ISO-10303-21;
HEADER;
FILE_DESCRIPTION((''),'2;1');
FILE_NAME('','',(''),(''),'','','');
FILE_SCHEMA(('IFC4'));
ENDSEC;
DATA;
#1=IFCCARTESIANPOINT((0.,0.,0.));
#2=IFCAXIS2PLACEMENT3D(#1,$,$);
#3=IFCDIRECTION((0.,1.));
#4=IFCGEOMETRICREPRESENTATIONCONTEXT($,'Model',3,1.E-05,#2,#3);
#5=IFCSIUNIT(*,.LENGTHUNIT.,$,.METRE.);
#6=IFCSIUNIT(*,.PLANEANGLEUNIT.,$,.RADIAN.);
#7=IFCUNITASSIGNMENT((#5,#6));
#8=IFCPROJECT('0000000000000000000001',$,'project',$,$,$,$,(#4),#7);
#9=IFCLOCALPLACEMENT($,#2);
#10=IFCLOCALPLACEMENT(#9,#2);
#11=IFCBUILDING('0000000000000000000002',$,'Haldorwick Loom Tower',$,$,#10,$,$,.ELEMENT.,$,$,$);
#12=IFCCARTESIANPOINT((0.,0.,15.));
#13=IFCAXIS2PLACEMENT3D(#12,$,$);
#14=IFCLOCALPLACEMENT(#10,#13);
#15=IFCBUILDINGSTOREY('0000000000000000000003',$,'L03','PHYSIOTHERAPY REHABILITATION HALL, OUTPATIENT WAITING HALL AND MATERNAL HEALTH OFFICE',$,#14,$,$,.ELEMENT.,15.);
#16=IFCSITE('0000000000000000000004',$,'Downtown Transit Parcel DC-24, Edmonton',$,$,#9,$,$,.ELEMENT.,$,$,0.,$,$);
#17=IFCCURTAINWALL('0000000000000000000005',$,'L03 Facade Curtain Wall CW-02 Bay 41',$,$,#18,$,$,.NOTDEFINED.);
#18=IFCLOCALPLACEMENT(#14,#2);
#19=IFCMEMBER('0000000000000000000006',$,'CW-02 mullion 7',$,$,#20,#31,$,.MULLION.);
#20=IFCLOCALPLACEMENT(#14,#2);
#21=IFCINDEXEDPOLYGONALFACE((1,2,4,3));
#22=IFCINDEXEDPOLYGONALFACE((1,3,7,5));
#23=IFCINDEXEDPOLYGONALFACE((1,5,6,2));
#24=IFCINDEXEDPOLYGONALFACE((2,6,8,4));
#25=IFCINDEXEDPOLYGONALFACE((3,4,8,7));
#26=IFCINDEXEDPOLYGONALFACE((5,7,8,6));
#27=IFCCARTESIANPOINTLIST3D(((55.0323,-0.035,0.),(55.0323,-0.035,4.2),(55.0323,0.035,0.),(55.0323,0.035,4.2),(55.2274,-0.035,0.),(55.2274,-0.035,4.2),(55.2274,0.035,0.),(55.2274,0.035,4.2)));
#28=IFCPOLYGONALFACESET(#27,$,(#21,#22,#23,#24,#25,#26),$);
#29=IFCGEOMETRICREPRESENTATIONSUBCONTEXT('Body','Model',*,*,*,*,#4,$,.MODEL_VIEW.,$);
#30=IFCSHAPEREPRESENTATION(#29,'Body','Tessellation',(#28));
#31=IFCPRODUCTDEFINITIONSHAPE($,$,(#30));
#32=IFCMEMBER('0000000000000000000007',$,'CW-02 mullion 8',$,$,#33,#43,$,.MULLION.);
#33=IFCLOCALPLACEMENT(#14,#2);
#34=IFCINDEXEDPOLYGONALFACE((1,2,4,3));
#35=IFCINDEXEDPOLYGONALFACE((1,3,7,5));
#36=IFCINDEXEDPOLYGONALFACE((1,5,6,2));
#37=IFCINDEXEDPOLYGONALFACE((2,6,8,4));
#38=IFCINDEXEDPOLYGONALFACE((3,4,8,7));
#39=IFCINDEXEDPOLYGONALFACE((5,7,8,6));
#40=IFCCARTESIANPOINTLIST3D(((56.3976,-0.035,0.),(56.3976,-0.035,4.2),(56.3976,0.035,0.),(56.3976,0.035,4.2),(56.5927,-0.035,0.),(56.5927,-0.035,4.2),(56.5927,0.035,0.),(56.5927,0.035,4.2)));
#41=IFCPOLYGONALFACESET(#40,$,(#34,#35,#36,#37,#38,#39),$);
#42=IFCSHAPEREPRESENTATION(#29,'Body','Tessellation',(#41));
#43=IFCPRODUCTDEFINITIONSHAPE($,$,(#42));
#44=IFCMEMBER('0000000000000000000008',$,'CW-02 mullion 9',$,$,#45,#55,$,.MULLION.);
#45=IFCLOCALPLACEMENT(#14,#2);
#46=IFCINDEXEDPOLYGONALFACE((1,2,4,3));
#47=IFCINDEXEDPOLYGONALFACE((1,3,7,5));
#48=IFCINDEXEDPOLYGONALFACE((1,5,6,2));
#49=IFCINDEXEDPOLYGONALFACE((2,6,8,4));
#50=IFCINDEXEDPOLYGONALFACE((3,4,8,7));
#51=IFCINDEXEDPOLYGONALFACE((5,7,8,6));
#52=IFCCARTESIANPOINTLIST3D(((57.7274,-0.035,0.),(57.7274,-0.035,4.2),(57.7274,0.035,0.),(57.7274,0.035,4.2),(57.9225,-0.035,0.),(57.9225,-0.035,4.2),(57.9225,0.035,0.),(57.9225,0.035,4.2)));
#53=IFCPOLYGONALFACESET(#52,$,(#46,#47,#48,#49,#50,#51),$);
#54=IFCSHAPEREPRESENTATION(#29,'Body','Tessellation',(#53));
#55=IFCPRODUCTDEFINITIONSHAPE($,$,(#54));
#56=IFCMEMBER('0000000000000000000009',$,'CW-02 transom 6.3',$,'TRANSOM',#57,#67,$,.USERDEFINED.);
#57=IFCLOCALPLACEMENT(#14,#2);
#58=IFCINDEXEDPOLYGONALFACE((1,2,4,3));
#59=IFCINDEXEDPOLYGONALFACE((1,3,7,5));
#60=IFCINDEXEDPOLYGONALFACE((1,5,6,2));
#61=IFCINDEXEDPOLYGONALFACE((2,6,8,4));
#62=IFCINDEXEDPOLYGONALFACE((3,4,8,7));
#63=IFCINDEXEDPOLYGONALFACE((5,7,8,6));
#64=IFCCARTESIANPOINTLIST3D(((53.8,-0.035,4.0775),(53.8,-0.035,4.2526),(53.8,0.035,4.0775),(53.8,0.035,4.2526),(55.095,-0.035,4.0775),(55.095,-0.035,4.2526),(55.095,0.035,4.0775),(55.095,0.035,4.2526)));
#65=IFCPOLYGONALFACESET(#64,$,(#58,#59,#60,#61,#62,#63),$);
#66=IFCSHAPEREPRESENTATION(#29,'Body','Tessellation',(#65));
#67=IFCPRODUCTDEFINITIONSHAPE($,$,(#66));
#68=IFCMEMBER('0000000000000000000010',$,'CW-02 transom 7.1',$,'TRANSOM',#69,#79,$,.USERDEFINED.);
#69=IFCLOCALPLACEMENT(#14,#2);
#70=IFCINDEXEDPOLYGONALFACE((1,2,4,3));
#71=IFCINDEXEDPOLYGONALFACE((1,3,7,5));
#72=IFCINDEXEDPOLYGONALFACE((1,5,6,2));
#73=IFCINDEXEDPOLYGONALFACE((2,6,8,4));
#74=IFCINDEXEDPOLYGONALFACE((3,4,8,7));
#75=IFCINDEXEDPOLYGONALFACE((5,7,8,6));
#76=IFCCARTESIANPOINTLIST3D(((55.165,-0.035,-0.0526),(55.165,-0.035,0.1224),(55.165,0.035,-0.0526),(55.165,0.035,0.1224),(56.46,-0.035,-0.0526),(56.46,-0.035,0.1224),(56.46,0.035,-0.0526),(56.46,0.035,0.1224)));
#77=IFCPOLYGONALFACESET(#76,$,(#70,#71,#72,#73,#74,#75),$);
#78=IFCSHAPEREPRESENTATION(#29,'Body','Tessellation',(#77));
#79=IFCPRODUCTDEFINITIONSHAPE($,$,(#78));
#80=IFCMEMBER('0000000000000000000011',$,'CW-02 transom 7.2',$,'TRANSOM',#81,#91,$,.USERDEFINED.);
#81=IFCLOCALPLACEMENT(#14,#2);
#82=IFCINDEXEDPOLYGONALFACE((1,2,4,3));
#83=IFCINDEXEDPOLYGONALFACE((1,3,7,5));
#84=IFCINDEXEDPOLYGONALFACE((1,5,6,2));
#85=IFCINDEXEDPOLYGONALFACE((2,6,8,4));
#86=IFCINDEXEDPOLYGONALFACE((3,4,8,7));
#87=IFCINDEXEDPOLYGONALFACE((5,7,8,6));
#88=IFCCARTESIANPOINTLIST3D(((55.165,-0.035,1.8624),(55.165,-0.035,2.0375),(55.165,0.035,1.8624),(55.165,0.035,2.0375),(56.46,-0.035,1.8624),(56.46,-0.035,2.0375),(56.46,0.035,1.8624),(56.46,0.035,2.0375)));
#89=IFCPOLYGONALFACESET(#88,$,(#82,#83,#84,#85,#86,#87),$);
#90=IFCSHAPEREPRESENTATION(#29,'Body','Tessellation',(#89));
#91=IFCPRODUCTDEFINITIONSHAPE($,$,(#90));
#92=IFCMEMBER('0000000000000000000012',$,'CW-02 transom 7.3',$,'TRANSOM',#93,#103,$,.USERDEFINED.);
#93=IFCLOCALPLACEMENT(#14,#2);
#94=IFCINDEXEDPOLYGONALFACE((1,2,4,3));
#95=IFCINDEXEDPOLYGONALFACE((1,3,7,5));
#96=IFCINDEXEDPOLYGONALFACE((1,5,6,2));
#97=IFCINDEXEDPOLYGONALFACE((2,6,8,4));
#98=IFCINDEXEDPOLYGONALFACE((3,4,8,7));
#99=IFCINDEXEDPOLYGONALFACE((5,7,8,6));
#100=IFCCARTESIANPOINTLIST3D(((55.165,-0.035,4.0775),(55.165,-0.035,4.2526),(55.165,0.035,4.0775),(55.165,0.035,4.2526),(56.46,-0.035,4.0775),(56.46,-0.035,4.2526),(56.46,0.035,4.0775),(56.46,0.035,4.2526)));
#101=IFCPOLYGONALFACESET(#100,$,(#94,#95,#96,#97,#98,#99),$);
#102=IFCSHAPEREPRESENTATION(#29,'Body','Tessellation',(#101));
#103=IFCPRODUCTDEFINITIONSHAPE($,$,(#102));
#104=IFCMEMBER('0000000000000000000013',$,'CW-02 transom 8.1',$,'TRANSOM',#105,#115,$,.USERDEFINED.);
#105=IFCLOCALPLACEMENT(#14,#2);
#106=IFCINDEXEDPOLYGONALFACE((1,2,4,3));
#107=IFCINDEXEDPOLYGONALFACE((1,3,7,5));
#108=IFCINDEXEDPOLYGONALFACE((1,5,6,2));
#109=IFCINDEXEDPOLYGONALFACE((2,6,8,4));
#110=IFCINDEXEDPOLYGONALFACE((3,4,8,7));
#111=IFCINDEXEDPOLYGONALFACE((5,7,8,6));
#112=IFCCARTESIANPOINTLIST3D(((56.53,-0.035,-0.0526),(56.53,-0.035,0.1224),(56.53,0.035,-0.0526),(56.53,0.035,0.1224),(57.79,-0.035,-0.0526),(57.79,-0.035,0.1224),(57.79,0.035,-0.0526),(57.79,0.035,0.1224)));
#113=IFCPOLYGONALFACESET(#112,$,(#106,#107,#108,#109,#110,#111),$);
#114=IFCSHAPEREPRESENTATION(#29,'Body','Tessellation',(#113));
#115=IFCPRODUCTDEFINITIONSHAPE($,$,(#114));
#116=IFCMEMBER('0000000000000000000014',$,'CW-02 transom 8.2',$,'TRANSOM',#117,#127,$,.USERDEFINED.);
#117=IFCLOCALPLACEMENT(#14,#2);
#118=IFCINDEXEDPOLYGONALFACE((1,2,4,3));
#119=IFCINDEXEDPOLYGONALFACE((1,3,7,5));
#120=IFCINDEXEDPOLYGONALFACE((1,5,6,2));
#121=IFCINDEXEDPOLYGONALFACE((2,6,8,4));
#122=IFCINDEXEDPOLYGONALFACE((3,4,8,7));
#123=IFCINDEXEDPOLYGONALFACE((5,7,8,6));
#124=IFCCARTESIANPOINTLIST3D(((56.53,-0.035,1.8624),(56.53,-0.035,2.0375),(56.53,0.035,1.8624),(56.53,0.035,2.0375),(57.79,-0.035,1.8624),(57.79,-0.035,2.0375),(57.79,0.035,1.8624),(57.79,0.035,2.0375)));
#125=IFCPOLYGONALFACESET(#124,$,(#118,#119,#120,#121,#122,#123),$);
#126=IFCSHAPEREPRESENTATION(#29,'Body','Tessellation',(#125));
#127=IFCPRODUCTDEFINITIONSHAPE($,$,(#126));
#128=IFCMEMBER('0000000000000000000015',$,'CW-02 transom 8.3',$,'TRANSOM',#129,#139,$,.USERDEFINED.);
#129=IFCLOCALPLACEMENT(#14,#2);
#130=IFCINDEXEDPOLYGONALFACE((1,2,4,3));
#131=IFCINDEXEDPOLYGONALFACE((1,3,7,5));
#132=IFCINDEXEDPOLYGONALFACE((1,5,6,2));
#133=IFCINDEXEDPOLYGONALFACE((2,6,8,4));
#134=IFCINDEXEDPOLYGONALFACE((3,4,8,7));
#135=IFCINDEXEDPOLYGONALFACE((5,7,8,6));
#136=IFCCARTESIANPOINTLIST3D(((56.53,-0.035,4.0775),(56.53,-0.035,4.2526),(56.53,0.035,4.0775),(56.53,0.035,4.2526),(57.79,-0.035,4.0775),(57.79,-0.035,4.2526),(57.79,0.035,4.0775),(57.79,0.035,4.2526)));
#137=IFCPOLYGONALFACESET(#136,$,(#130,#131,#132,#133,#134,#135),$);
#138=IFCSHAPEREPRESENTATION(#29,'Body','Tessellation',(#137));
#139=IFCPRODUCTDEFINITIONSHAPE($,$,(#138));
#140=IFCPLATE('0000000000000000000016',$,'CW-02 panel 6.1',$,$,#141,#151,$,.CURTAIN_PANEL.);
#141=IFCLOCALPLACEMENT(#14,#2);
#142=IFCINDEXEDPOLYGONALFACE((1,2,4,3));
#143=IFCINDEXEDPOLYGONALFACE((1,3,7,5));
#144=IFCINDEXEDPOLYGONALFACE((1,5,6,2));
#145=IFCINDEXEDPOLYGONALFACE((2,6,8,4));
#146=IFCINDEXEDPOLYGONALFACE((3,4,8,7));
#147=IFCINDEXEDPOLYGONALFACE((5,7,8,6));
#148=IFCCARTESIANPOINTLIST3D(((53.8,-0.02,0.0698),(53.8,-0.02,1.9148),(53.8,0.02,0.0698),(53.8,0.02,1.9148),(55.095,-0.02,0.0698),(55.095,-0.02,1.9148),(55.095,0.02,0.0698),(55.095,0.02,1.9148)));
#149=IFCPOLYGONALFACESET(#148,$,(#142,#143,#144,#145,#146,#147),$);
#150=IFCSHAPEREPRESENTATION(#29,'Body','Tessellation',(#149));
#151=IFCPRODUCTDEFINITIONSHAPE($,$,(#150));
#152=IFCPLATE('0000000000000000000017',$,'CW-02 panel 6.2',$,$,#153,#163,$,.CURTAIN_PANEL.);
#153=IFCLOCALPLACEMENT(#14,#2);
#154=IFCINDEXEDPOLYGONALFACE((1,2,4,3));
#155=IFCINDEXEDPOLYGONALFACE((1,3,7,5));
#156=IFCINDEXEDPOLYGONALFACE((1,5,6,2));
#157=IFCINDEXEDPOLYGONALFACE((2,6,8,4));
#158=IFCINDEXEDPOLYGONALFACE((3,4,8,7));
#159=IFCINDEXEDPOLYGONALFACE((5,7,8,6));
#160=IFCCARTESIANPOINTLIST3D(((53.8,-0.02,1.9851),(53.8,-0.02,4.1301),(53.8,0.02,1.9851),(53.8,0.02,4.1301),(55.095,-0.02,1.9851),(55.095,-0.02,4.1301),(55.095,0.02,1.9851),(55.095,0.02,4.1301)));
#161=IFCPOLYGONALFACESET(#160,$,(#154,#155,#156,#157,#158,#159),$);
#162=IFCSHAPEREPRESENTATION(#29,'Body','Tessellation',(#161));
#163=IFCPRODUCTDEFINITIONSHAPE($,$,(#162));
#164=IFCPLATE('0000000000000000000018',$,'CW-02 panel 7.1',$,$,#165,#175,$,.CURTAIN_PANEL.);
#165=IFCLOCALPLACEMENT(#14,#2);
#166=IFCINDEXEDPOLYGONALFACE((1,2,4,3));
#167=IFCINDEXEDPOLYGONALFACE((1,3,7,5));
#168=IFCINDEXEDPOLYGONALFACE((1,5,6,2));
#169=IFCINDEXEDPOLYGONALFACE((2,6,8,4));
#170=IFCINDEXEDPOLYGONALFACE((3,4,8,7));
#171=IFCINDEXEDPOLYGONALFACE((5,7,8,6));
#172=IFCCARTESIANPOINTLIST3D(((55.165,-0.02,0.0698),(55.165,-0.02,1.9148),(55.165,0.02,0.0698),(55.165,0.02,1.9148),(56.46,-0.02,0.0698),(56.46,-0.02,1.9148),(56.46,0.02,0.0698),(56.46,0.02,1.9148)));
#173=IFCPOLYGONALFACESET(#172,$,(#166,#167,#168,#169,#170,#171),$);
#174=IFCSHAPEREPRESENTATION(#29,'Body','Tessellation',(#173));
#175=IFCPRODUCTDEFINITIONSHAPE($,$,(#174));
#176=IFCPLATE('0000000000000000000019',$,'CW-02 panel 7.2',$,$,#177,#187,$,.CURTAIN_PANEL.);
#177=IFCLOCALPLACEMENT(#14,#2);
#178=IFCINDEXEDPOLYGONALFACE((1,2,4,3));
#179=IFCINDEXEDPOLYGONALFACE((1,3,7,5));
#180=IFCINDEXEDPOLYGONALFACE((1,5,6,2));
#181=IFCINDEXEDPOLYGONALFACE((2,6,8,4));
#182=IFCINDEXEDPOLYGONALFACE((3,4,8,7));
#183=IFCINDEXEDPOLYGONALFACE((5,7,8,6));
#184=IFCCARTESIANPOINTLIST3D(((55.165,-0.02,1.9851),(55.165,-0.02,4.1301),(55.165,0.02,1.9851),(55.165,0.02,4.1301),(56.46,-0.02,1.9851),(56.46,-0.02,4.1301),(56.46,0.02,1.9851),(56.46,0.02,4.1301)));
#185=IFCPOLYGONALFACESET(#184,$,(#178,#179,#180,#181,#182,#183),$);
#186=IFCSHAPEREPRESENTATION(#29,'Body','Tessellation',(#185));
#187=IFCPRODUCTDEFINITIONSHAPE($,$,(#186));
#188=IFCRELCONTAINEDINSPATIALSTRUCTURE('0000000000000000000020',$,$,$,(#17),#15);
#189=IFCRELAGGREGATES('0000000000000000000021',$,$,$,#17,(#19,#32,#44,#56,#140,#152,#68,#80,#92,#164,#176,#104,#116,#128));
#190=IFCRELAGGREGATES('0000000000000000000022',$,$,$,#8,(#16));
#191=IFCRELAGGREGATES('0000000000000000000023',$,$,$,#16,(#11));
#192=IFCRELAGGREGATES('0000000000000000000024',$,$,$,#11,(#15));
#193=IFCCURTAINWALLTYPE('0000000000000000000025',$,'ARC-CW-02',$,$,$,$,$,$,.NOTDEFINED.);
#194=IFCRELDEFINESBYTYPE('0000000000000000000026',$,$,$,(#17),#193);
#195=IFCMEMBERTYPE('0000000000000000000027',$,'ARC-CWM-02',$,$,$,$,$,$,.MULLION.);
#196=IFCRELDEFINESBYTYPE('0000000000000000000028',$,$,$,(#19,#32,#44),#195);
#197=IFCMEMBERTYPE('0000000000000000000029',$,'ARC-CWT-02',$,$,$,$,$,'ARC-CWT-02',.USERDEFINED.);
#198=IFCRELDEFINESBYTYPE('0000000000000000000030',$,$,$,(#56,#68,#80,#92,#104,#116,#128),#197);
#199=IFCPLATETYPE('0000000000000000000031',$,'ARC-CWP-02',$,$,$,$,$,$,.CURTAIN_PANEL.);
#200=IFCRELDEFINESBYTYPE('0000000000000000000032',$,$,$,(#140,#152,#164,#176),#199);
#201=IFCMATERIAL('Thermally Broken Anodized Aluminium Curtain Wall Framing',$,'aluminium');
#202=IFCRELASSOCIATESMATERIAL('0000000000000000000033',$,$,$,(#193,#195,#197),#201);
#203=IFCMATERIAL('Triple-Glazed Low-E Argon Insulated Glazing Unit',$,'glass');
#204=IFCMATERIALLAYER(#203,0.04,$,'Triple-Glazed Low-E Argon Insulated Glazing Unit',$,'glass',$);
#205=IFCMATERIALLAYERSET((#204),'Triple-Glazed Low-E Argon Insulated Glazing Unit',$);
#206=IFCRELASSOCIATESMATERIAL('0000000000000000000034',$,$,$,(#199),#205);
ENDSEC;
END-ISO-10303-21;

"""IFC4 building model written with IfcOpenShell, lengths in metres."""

from ifc_helpers import new_model, si_unit, direction, frame, origin, origin_2d, place, context, subcontext, project, spatial, rectangle, extrude, material, layer, layer_set, material_profile, profile_set, type_object, element, aggregate, save


model = new_model("IFC4")

# Units and contexts
model_context = context("Model", 3, precision=1e-05, world=origin(), true_north=direction((0.0, 1.0)))
body_context = subcontext(model_context, "Body", "Model", "MODEL_VIEW")
ifc_project = project(units=[si_unit("LENGTHUNIT", "METRE"), si_unit("PLANEANGLEUNIT", "RADIAN")], contexts=[model_context])

# Site, building, storey
site_placement = place(None, origin())
site = spatial("IfcSite", under=ifc_project, at=site_placement, Name="Downtown Transit Parcel DC-24, Edmonton", CompositionType="ELEMENT", RefElevation=0.0)
building_placement = place(site_placement, origin())
building = spatial("IfcBuilding", under=site, at=building_placement, Name="Haldorwick Loom Tower", CompositionType="ELEMENT")
storey_placement = place(building_placement, frame((0.0, 0.0, 15.0)))
storey = spatial("IfcBuildingStorey", under=building, at=storey_placement, Name="L03", Description="PHYSIOTHERAPY REHABILITATION HALL, OUTPATIENT WAITING HALL AND MATERNAL HEALTH OFFICE", CompositionType="ELEMENT", Elevation=15.0)

# Curtain wall, members, plates
ifc_material_1 = material(Name="Thermally Broken Anodized Aluminium Curtain Wall Framing", Category="aluminium")
curtain_wall_type = type_object("IfcCurtainWallType", Name="ARC-CW-02", PredefinedType="NOTDEFINED", material=ifc_material_1)
curtain_wall_placement = place(storey_placement, origin())
curtain_wall = element("IfcCurtainWall", 1, at=curtain_wall_placement, inside=storey, type_object=curtain_wall_type, Name="L03 Facade Curtain Wall CW-02 Bay 41", PredefinedType="NOTDEFINED")
ifc_material_profile_1 = material_profile(ifc_material_1, rectangle(XDim=0.0701, YDim=0.1951, at=origin_2d()), Name="ALU_MUL_70X195", Category="aluminium")
ifc_profile_set_1 = profile_set([ifc_material_profile_1], Name="Thermally Broken Anodized Aluminium Curtain Wall Framing")
member_type_1 = type_object("IfcMemberType", Name="ARC-CWM-02", PredefinedType="MULLION", material=ifc_profile_set_1)
member_1_placement = place(storey_placement, frame((55.1299, 0.0, 0.0), z_axis=(0.0, 0.0, 1.0), x_axis=(0.0, 1.0, 0.0)))
member_1 = element("IfcMember", 2, at=member_1_placement, type_object=member_type_1, Name="CW-02 mullion 7", PredefinedType="MULLION", context=body_context, shape_type="SweptSolid", body=[
    extrude(rectangle(XDim=0.0701, YDim=0.1951, at=origin_2d()), origin(), (0.0, 0.0, 1.0), 4.2),
])
member_2_placement = place(storey_placement, frame((56.4951, 0.0, 0.0), z_axis=(0.0, 0.0, 1.0), x_axis=(0.0, 1.0, 0.0)))
member_2 = element("IfcMember", 3, at=member_2_placement, type_object=member_type_1, Name="CW-02 mullion 8", PredefinedType="MULLION", context=body_context, shape_type="SweptSolid", body=[
    extrude(rectangle(XDim=0.0701, YDim=0.1951, at=origin_2d()), origin(), (0.0, 0.0, 1.0), 4.2),
])
member_3_placement = place(storey_placement, frame((57.825, 0.0, 0.0), z_axis=(0.0, 0.0, 1.0), x_axis=(0.0, 1.0, 0.0)))
member_3 = element("IfcMember", 4, at=member_3_placement, type_object=member_type_1, Name="CW-02 mullion 9", PredefinedType="MULLION", context=body_context, shape_type="SweptSolid", body=[
    extrude(rectangle(XDim=0.0701, YDim=0.1951, at=origin_2d()), origin(), (0.0, 0.0, 1.0), 4.2),
])
ifc_material_profile_2 = material_profile(ifc_material_1, rectangle(XDim=0.0701, YDim=0.175, at=origin_2d()), Name="ALU_TRN_70X175", Category="aluminium")
ifc_profile_set_2 = profile_set([ifc_material_profile_2], Name="Thermally Broken Anodized Aluminium Curtain Wall Framing")
member_type_2 = type_object("IfcMemberType", Name="ARC-CWT-02", ElementType="ARC-CWT-02", PredefinedType="USERDEFINED", material=ifc_profile_set_2)
member_4_placement = place(storey_placement, frame((53.8, 0.0, 4.165), z_axis=(1.0, 0.0, 0.0), x_axis=(0.0, 1.0, 0.0)))
member_4 = element("IfcMember", 5, at=member_4_placement, type_object=member_type_2, Name="CW-02 transom 6.3", ObjectType="TRANSOM", PredefinedType="USERDEFINED", context=body_context, shape_type="SweptSolid", body=[
    extrude(rectangle(XDim=0.0701, YDim=0.175, at=origin_2d()), origin(), (0.0, 0.0, 1.0), 1.2949),
])
member_5_placement = place(storey_placement, frame((55.165, 0.0, 0.0349), z_axis=(1.0, 0.0, 0.0), x_axis=(0.0, 1.0, 0.0)))
member_5 = element("IfcMember", 6, at=member_5_placement, type_object=member_type_2, Name="CW-02 transom 7.1", ObjectType="TRANSOM", PredefinedType="USERDEFINED", context=body_context, shape_type="SweptSolid", body=[
    extrude(rectangle(XDim=0.0701, YDim=0.175, at=origin_2d()), origin(), (0.0, 0.0, 1.0), 1.2949),
])
member_6_placement = place(storey_placement, frame((55.165, 0.0, 1.95), z_axis=(1.0, 0.0, 0.0), x_axis=(0.0, 1.0, 0.0)))
member_6 = element("IfcMember", 7, at=member_6_placement, type_object=member_type_2, Name="CW-02 transom 7.2", ObjectType="TRANSOM", PredefinedType="USERDEFINED", context=body_context, shape_type="SweptSolid", body=[
    extrude(rectangle(XDim=0.0701, YDim=0.175, at=origin_2d()), origin(), (0.0, 0.0, 1.0), 1.2949),
])
member_7_placement = place(storey_placement, frame((55.165, 0.0, 4.165), z_axis=(1.0, 0.0, 0.0), x_axis=(0.0, 1.0, 0.0)))
member_7 = element("IfcMember", 8, at=member_7_placement, type_object=member_type_2, Name="CW-02 transom 7.3", ObjectType="TRANSOM", PredefinedType="USERDEFINED", context=body_context, shape_type="SweptSolid", body=[
    extrude(rectangle(XDim=0.0701, YDim=0.175, at=origin_2d()), origin(), (0.0, 0.0, 1.0), 1.2949),
])
member_8_placement = place(storey_placement, frame((56.53, 0.0, 0.0349), z_axis=(1.0, 0.0, 0.0), x_axis=(0.0, 1.0, 0.0)))
member_8 = element("IfcMember", 9, at=member_8_placement, type_object=member_type_2, Name="CW-02 transom 8.1", ObjectType="TRANSOM", PredefinedType="USERDEFINED", context=body_context, shape_type="SweptSolid", body=[
    extrude(rectangle(XDim=0.0701, YDim=0.175, at=origin_2d()), origin(), (0.0, 0.0, 1.0), 1.26),
])
member_9_placement = place(storey_placement, frame((56.53, 0.0, 1.95), z_axis=(1.0, 0.0, 0.0), x_axis=(0.0, 1.0, 0.0)))
member_9 = element("IfcMember", 10, at=member_9_placement, type_object=member_type_2, Name="CW-02 transom 8.2", ObjectType="TRANSOM", PredefinedType="USERDEFINED", context=body_context, shape_type="SweptSolid", body=[
    extrude(rectangle(XDim=0.0701, YDim=0.175, at=origin_2d()), origin(), (0.0, 0.0, 1.0), 1.26),
])
member_10_placement = place(storey_placement, frame((56.53, 0.0, 4.165), z_axis=(1.0, 0.0, 0.0), x_axis=(0.0, 1.0, 0.0)))
member_10 = element("IfcMember", 11, at=member_10_placement, type_object=member_type_2, Name="CW-02 transom 8.3", ObjectType="TRANSOM", PredefinedType="USERDEFINED", context=body_context, shape_type="SweptSolid", body=[
    extrude(rectangle(XDim=0.0701, YDim=0.175, at=origin_2d()), origin(), (0.0, 0.0, 1.0), 1.26),
])
ifc_material_2 = material(Name="Triple-Glazed Low-E Argon Insulated Glazing Unit", Category="glass")
ifc_layer_1 = layer(ifc_material_2, 0.04, Name="Triple-Glazed Low-E Argon Insulated Glazing Unit", Category="glass")
ifc_layer_set_1 = layer_set([ifc_layer_1], Name="Triple-Glazed Low-E Argon Insulated Glazing Unit")
plate_type = type_object("IfcPlateType", Name="ARC-CWP-02", PredefinedType="CURTAIN_PANEL", material=ifc_layer_set_1)
plate_1_placement = place(storey_placement, frame((54.4475, 0.0, 0.0698), z_axis=(0.0, 0.0, 1.0), x_axis=(1.0, 0.0, 0.0)))
plate_1 = element("IfcPlate", 12, at=plate_1_placement, type_object=plate_type, Name="CW-02 panel 6.1", PredefinedType="CURTAIN_PANEL", context=body_context, shape_type="SweptSolid", body=[
    extrude(rectangle(XDim=1.2949, YDim=0.04, at=origin_2d()), origin(), (0.0, 0.0, 1.0), 1.845),
])
plate_2_placement = place(storey_placement, frame((54.4475, 0.0, 1.9851), z_axis=(0.0, 0.0, 1.0), x_axis=(1.0, 0.0, 0.0)))
plate_2 = element("IfcPlate", 13, at=plate_2_placement, type_object=plate_type, Name="CW-02 panel 6.2", PredefinedType="CURTAIN_PANEL", context=body_context, shape_type="SweptSolid", body=[
    extrude(rectangle(XDim=1.2949, YDim=0.04, at=origin_2d()), origin(), (0.0, 0.0, 1.0), 2.145),
])
plate_3_placement = place(storey_placement, frame((55.8125, 0.0, 0.0698), z_axis=(0.0, 0.0, 1.0), x_axis=(1.0, 0.0, 0.0)))
plate_3 = element("IfcPlate", 14, at=plate_3_placement, type_object=plate_type, Name="CW-02 panel 7.1", PredefinedType="CURTAIN_PANEL", context=body_context, shape_type="SweptSolid", body=[
    extrude(rectangle(XDim=1.2949, YDim=0.04, at=origin_2d()), origin(), (0.0, 0.0, 1.0), 1.845),
])
plate_4_placement = place(storey_placement, frame((55.8125, 0.0, 1.9851), z_axis=(0.0, 0.0, 1.0), x_axis=(1.0, 0.0, 0.0)))
plate_4 = element("IfcPlate", 15, at=plate_4_placement, type_object=plate_type, Name="CW-02 panel 7.2", PredefinedType="CURTAIN_PANEL", context=body_context, shape_type="SweptSolid", body=[
    extrude(rectangle(XDim=1.2949, YDim=0.04, at=origin_2d()), origin(), (0.0, 0.0, 1.0), 2.145),
])
aggregate(curtain_wall, [member_1, member_2, member_3, member_4, plate_1, plate_2, member_5, member_6, member_7, plate_3, plate_4, member_8, member_9, member_10])

save(model, "model.ifc")
